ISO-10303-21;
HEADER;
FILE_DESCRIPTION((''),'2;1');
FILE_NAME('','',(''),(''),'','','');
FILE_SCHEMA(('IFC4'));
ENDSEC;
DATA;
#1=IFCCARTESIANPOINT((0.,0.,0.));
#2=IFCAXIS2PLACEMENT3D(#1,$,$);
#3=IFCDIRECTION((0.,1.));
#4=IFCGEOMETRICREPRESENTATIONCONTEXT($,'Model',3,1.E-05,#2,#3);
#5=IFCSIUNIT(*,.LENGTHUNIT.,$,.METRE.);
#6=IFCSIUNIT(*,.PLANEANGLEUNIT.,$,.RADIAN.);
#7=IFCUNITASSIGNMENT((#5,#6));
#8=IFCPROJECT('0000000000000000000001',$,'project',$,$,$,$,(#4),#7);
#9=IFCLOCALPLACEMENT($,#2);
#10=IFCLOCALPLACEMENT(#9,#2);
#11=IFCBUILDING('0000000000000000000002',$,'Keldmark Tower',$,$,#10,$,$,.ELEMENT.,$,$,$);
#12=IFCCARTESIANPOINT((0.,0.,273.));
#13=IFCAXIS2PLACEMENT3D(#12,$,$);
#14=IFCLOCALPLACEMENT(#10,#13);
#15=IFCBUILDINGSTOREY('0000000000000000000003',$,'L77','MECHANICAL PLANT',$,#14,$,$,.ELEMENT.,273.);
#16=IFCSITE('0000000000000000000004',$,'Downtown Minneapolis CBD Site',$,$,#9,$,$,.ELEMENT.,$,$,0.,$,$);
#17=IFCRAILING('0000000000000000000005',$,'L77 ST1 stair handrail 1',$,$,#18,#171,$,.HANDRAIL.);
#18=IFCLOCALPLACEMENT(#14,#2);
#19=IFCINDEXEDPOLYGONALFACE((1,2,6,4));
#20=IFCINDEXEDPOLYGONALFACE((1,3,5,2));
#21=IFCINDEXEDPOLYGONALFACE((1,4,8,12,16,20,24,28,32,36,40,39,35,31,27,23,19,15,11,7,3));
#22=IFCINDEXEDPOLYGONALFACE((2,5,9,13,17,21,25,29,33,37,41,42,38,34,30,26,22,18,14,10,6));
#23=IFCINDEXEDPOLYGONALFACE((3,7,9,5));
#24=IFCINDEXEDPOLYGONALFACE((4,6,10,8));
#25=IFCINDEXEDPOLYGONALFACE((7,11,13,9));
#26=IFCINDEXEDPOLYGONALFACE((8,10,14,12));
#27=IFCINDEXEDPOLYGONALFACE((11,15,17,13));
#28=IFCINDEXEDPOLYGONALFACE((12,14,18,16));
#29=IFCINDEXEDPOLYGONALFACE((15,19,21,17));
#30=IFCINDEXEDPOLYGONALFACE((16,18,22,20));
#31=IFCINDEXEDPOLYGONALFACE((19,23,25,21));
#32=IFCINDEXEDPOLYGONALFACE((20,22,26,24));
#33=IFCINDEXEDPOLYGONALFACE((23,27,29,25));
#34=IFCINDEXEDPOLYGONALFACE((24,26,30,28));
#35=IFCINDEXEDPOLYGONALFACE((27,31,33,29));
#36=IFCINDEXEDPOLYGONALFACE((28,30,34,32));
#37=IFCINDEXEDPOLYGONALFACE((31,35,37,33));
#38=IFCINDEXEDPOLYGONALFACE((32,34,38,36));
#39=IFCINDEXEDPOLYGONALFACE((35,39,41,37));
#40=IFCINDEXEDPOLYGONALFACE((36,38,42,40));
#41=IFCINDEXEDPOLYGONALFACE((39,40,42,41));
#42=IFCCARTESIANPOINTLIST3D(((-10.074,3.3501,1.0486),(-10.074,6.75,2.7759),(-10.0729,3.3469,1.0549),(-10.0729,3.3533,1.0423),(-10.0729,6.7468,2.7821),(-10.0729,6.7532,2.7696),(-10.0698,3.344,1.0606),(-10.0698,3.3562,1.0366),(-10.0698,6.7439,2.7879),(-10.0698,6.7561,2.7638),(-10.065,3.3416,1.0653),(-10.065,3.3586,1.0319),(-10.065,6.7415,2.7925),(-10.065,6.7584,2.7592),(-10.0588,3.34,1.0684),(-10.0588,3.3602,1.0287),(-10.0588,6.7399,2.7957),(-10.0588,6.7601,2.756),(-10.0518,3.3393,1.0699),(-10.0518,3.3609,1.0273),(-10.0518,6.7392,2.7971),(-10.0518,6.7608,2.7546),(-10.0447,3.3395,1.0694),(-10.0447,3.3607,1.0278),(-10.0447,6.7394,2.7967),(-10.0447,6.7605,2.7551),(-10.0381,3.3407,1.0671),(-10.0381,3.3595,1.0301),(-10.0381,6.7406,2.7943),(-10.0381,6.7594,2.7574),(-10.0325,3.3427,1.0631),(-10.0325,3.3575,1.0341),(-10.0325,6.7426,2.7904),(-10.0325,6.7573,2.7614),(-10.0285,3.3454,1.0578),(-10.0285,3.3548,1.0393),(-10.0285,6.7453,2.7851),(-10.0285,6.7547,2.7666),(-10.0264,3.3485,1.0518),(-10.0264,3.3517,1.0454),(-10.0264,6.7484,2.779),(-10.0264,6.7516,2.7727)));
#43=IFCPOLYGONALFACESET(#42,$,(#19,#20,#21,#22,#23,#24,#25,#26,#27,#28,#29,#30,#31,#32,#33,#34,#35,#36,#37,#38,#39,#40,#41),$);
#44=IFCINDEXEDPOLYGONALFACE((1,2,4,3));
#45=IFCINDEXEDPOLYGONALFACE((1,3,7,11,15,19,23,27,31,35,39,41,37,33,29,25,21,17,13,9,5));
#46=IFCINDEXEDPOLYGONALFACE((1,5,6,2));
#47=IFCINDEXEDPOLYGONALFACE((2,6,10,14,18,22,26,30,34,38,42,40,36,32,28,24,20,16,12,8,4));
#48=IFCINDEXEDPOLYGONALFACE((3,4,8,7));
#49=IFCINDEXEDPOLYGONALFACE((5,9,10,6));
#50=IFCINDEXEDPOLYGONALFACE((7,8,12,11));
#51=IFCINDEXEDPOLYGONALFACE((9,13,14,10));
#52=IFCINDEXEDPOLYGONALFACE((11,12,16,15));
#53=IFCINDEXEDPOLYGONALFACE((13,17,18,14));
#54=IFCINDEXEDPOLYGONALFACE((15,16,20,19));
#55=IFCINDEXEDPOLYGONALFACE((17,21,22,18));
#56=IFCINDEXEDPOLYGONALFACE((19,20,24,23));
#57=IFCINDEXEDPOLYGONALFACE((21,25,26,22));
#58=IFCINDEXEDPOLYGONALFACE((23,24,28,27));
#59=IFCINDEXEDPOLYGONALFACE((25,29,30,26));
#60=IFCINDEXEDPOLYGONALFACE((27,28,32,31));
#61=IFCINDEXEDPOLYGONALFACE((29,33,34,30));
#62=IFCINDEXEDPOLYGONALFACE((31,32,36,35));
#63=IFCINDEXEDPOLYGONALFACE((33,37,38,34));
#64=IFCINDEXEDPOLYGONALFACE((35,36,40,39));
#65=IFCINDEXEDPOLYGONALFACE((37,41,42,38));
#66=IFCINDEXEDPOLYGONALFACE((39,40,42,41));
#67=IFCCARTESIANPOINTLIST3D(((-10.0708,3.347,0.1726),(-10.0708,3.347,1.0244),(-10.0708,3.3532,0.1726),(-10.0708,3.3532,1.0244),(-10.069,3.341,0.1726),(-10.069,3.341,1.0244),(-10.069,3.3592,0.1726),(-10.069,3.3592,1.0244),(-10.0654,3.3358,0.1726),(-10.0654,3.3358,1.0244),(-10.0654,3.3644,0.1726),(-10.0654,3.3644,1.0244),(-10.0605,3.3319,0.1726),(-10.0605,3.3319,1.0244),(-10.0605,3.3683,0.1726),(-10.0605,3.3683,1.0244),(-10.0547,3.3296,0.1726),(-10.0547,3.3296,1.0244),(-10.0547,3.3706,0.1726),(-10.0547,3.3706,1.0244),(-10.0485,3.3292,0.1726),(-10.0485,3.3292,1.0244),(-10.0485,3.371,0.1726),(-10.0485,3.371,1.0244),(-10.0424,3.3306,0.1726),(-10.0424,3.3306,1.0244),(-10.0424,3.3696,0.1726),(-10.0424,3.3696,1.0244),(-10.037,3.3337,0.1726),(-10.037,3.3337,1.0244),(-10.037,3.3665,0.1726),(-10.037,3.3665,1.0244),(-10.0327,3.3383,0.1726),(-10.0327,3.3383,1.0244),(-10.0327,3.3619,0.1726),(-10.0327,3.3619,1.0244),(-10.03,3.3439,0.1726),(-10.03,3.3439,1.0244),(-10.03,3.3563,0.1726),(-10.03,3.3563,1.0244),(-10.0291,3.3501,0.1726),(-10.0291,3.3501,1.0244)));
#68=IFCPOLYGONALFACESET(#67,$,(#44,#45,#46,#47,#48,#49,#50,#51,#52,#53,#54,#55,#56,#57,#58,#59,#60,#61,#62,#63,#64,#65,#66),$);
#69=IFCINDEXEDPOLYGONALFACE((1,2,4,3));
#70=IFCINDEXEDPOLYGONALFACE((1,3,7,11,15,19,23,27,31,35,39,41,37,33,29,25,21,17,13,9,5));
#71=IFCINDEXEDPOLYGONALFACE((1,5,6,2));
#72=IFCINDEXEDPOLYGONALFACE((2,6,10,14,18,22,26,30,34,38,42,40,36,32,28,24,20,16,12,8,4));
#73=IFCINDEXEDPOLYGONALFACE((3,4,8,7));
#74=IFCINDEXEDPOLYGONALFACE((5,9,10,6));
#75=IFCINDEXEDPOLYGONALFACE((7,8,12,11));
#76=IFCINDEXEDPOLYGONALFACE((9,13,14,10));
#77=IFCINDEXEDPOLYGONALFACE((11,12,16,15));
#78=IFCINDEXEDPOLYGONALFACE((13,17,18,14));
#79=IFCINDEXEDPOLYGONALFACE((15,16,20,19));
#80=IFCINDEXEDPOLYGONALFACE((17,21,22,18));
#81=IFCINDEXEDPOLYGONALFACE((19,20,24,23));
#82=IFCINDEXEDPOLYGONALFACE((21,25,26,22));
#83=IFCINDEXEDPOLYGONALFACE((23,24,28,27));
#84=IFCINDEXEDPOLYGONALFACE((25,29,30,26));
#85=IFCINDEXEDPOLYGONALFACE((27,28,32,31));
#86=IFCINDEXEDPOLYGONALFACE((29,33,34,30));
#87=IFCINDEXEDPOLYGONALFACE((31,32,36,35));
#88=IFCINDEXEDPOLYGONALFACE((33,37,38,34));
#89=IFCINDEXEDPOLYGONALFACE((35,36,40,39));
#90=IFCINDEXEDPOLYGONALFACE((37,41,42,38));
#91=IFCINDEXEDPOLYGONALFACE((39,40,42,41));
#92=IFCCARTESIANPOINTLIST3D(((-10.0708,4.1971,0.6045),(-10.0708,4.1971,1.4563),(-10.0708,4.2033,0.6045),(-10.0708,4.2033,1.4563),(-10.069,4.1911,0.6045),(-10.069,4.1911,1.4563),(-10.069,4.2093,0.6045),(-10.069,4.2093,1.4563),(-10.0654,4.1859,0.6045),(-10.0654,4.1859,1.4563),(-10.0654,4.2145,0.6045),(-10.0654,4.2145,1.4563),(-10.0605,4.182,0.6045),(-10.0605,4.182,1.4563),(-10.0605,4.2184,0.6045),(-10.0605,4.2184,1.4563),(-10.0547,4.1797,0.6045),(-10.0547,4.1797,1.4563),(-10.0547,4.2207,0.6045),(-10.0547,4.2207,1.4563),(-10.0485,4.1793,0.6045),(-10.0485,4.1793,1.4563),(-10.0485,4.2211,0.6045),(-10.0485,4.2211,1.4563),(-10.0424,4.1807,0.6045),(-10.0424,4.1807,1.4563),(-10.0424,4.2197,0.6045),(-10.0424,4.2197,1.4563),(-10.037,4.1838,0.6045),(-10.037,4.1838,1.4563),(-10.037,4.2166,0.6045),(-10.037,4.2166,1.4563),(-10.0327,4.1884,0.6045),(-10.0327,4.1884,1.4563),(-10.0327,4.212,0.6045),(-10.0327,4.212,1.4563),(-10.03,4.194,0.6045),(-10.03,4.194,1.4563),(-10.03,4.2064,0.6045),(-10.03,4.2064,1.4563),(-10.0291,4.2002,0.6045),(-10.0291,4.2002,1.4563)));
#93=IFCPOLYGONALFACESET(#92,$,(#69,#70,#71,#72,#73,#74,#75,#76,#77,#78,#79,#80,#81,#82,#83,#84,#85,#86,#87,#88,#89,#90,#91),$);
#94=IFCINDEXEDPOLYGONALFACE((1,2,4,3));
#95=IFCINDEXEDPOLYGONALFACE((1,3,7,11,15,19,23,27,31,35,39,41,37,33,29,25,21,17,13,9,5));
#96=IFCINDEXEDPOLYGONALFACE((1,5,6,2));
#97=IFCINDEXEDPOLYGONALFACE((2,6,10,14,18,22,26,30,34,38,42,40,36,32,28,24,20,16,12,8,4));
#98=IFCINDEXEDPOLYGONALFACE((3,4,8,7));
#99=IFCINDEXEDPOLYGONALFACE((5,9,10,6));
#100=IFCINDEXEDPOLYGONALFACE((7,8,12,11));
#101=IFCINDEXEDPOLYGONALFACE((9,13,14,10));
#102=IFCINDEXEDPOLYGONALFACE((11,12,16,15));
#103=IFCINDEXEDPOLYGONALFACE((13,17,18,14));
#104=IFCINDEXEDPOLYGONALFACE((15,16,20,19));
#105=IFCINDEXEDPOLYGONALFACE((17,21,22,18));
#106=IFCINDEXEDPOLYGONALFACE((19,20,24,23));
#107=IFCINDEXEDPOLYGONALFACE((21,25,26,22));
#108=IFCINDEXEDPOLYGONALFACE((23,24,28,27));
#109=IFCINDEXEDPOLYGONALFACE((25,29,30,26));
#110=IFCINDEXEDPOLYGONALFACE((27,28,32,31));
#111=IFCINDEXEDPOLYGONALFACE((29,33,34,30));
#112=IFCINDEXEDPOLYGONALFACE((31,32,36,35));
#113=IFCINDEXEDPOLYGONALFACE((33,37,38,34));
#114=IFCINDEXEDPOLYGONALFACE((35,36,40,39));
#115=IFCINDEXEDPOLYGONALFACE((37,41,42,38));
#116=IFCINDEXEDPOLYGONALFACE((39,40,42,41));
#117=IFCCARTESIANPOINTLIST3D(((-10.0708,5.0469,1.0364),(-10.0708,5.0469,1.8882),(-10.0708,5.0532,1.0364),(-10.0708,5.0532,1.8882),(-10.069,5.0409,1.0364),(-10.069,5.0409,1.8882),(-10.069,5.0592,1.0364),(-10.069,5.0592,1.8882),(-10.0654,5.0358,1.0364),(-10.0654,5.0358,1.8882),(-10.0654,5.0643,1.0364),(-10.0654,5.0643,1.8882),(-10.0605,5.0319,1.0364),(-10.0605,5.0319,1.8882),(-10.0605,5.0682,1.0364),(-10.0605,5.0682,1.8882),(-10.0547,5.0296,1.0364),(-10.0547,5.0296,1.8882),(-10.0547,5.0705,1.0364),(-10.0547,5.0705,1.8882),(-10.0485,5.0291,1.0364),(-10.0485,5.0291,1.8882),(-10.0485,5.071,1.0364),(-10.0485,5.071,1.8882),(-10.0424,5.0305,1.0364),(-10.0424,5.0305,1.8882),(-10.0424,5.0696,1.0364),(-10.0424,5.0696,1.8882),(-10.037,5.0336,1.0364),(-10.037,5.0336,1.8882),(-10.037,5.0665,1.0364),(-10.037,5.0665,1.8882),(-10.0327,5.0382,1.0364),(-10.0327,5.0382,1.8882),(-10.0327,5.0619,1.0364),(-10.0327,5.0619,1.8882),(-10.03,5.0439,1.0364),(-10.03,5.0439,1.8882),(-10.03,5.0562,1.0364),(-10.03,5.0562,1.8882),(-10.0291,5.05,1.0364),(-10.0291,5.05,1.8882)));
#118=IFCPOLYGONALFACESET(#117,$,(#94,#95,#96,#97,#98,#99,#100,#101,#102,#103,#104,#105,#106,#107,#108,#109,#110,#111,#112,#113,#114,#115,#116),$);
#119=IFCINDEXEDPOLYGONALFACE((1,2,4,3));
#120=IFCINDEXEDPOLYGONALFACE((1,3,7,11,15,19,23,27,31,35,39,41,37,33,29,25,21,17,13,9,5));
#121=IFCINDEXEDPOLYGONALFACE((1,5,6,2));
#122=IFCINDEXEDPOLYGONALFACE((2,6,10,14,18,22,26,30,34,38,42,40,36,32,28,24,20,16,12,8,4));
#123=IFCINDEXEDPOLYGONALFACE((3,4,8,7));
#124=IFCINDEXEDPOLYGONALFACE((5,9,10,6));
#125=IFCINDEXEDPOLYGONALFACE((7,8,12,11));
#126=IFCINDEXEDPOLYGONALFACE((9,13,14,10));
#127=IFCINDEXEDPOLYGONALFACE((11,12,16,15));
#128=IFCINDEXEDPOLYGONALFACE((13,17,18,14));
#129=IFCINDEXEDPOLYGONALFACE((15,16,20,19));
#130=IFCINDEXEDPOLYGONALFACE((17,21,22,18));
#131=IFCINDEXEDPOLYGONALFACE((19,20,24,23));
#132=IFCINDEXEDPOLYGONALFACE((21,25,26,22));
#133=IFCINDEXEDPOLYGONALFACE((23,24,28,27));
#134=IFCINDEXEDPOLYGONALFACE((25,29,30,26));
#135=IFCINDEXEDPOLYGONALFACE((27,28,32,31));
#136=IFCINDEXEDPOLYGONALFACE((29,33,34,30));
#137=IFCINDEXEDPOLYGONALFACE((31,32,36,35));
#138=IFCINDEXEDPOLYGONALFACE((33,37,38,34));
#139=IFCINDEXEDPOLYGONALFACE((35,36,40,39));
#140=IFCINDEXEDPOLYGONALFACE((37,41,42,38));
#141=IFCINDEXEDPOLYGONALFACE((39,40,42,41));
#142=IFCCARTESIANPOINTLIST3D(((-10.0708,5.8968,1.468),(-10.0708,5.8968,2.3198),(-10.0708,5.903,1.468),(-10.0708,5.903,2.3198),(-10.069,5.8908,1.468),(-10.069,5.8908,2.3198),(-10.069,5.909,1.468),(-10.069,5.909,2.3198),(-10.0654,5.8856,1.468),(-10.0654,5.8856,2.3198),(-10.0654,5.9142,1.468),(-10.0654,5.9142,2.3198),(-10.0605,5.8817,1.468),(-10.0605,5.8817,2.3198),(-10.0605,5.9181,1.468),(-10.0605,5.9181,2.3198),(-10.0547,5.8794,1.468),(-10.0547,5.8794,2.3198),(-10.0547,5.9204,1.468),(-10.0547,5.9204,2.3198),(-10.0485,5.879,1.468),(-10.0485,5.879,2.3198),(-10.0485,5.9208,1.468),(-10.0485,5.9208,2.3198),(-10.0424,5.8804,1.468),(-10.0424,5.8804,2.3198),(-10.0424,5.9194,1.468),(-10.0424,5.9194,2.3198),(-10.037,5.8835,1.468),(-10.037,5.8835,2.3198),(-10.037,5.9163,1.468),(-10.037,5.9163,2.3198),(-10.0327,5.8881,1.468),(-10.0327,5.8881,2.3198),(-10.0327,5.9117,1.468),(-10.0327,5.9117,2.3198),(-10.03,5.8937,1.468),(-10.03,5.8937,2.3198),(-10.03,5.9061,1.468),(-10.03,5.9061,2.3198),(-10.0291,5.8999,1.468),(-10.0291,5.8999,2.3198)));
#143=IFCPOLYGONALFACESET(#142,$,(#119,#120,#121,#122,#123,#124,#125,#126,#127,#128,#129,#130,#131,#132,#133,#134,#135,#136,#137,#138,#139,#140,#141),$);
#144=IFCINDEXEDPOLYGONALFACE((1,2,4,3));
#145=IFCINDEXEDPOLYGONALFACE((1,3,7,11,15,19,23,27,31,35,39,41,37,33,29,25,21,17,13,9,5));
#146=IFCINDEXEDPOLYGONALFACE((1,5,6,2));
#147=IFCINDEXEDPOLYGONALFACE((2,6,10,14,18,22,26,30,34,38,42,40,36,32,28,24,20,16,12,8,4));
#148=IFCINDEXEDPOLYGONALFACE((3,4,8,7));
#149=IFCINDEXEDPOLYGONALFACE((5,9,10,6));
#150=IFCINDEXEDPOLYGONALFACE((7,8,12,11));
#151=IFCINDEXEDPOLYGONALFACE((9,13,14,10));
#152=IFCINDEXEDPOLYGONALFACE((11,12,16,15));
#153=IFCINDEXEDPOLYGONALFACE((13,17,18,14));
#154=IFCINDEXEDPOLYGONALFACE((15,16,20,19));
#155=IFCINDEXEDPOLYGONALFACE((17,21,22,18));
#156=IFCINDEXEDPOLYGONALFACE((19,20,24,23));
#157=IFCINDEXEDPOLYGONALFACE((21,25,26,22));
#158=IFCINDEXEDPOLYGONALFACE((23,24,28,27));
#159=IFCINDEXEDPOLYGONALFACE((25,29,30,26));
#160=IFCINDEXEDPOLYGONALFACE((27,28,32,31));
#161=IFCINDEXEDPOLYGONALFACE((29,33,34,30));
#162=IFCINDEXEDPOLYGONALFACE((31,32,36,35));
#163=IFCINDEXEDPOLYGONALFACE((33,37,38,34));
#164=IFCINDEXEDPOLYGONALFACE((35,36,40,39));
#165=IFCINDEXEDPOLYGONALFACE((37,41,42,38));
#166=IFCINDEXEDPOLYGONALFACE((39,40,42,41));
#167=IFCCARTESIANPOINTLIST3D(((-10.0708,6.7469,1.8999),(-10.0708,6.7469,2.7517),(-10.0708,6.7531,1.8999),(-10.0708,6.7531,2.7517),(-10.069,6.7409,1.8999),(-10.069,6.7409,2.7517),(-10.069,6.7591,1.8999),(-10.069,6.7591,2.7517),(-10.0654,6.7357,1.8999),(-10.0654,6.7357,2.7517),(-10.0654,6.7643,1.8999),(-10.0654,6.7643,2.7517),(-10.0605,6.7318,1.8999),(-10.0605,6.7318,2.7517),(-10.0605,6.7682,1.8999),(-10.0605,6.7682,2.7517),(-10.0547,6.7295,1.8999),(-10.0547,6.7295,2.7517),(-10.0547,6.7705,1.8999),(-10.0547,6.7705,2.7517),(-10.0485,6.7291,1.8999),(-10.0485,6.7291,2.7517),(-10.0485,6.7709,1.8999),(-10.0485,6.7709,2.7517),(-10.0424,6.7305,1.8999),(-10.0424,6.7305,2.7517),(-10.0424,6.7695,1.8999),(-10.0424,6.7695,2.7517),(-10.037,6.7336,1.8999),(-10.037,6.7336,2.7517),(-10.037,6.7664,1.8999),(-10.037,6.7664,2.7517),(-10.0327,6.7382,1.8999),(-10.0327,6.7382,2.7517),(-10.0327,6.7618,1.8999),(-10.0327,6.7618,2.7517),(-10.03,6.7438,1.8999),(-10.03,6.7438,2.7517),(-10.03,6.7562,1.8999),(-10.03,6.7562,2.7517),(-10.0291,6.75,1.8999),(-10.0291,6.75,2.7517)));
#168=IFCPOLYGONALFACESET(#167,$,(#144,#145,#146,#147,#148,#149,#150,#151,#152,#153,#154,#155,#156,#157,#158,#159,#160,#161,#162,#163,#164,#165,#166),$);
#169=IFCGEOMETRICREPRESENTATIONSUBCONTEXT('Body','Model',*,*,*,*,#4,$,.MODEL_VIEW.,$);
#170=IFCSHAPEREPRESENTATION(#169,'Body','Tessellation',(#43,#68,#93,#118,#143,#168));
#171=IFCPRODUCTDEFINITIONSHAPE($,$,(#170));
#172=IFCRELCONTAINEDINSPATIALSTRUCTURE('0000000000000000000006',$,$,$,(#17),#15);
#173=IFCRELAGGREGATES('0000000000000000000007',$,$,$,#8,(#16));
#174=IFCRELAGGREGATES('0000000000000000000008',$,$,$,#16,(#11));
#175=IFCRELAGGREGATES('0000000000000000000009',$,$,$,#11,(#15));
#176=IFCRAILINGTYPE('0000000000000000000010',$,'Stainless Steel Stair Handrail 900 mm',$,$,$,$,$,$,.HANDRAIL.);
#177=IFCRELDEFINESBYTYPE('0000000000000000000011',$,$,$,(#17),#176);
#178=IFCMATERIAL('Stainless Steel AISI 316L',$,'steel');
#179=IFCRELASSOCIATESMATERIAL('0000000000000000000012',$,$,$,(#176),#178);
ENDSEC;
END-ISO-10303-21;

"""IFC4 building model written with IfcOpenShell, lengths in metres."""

from ifc_helpers import new_model, si_unit, direction, frame, origin, origin_2d, place, context, subcontext, project, spatial, circle, extrude, material, type_object, element, save


model = new_model("IFC4")

# Units and contexts
model_context = context("Model", 3, precision=1e-05, world=origin(), true_north=direction((0.0, 1.0)))
body_context = subcontext(model_context, "Body", "Model", "MODEL_VIEW")
ifc_project = project(units=[si_unit("LENGTHUNIT", "METRE"), si_unit("PLANEANGLEUNIT", "RADIAN")], contexts=[model_context])

# Site, building, storey
site_placement = place(None, origin())
site = spatial("IfcSite", under=ifc_project, at=site_placement, Name="Downtown Minneapolis CBD Site", CompositionType="ELEMENT", RefElevation=0.0)
building_placement = place(site_placement, origin())
building = spatial("IfcBuilding", under=site, at=building_placement, Name="Keldmark Tower", CompositionType="ELEMENT")
storey_placement = place(building_placement, frame((0.0, 0.0, 273.0)))
storey = spatial("IfcBuildingStorey", under=building, at=storey_placement, Name="L77", Description="MECHANICAL PLANT", CompositionType="ELEMENT", Elevation=273.0)

# Railing
ifc_material_1 = material(Name="Stainless Steel AISI 316L", Category="steel")
railing_type = type_object("IfcRailingType", Name="Stainless Steel Stair Handrail 900 mm", PredefinedType="HANDRAIL", material=ifc_material_1)
railing_placement = place(storey_placement, frame((-10.05, 3.3501, 0.1726)))
element("IfcRailing", 1, at=railing_placement, inside=storey, type_object=railing_type, Name="L77 ST1 stair handrail 1", PredefinedType="HANDRAIL", context=body_context, shape_type="SweptSolid", body=[
    extrude(circle(Radius=0.0239, at=origin_2d()), frame((0.0, 0.0, 0.876), z_axis=(0.0, 0.891541, 0.452941), x_axis=(-1.0, 0.0, 0.0)), (0.0, 0.0, 1.0), 3.8135),
    extrude(circle(Radius=0.021, at=origin_2d()), origin(), (0.0, 0.0, 1.0), 0.8518),
    extrude(circle(Radius=0.021, at=origin_2d()), frame((0.0, 0.8501, 0.4319)), (0.0, 0.0, 1.0), 0.8518),
    extrude(circle(Radius=0.021, at=origin_2d()), frame((0.0, 1.7, 0.8638)), (0.0, 0.0, 1.0), 0.8518),
    extrude(circle(Radius=0.021, at=origin_2d()), frame((0.0, 2.5498, 1.2954)), (0.0, 0.0, 1.0), 0.8518),
    extrude(circle(Radius=0.021, at=origin_2d()), frame((0.0, 3.3999, 1.7273)), (0.0, 0.0, 1.0), 0.8518),
])

save(model, "model.ifc")
